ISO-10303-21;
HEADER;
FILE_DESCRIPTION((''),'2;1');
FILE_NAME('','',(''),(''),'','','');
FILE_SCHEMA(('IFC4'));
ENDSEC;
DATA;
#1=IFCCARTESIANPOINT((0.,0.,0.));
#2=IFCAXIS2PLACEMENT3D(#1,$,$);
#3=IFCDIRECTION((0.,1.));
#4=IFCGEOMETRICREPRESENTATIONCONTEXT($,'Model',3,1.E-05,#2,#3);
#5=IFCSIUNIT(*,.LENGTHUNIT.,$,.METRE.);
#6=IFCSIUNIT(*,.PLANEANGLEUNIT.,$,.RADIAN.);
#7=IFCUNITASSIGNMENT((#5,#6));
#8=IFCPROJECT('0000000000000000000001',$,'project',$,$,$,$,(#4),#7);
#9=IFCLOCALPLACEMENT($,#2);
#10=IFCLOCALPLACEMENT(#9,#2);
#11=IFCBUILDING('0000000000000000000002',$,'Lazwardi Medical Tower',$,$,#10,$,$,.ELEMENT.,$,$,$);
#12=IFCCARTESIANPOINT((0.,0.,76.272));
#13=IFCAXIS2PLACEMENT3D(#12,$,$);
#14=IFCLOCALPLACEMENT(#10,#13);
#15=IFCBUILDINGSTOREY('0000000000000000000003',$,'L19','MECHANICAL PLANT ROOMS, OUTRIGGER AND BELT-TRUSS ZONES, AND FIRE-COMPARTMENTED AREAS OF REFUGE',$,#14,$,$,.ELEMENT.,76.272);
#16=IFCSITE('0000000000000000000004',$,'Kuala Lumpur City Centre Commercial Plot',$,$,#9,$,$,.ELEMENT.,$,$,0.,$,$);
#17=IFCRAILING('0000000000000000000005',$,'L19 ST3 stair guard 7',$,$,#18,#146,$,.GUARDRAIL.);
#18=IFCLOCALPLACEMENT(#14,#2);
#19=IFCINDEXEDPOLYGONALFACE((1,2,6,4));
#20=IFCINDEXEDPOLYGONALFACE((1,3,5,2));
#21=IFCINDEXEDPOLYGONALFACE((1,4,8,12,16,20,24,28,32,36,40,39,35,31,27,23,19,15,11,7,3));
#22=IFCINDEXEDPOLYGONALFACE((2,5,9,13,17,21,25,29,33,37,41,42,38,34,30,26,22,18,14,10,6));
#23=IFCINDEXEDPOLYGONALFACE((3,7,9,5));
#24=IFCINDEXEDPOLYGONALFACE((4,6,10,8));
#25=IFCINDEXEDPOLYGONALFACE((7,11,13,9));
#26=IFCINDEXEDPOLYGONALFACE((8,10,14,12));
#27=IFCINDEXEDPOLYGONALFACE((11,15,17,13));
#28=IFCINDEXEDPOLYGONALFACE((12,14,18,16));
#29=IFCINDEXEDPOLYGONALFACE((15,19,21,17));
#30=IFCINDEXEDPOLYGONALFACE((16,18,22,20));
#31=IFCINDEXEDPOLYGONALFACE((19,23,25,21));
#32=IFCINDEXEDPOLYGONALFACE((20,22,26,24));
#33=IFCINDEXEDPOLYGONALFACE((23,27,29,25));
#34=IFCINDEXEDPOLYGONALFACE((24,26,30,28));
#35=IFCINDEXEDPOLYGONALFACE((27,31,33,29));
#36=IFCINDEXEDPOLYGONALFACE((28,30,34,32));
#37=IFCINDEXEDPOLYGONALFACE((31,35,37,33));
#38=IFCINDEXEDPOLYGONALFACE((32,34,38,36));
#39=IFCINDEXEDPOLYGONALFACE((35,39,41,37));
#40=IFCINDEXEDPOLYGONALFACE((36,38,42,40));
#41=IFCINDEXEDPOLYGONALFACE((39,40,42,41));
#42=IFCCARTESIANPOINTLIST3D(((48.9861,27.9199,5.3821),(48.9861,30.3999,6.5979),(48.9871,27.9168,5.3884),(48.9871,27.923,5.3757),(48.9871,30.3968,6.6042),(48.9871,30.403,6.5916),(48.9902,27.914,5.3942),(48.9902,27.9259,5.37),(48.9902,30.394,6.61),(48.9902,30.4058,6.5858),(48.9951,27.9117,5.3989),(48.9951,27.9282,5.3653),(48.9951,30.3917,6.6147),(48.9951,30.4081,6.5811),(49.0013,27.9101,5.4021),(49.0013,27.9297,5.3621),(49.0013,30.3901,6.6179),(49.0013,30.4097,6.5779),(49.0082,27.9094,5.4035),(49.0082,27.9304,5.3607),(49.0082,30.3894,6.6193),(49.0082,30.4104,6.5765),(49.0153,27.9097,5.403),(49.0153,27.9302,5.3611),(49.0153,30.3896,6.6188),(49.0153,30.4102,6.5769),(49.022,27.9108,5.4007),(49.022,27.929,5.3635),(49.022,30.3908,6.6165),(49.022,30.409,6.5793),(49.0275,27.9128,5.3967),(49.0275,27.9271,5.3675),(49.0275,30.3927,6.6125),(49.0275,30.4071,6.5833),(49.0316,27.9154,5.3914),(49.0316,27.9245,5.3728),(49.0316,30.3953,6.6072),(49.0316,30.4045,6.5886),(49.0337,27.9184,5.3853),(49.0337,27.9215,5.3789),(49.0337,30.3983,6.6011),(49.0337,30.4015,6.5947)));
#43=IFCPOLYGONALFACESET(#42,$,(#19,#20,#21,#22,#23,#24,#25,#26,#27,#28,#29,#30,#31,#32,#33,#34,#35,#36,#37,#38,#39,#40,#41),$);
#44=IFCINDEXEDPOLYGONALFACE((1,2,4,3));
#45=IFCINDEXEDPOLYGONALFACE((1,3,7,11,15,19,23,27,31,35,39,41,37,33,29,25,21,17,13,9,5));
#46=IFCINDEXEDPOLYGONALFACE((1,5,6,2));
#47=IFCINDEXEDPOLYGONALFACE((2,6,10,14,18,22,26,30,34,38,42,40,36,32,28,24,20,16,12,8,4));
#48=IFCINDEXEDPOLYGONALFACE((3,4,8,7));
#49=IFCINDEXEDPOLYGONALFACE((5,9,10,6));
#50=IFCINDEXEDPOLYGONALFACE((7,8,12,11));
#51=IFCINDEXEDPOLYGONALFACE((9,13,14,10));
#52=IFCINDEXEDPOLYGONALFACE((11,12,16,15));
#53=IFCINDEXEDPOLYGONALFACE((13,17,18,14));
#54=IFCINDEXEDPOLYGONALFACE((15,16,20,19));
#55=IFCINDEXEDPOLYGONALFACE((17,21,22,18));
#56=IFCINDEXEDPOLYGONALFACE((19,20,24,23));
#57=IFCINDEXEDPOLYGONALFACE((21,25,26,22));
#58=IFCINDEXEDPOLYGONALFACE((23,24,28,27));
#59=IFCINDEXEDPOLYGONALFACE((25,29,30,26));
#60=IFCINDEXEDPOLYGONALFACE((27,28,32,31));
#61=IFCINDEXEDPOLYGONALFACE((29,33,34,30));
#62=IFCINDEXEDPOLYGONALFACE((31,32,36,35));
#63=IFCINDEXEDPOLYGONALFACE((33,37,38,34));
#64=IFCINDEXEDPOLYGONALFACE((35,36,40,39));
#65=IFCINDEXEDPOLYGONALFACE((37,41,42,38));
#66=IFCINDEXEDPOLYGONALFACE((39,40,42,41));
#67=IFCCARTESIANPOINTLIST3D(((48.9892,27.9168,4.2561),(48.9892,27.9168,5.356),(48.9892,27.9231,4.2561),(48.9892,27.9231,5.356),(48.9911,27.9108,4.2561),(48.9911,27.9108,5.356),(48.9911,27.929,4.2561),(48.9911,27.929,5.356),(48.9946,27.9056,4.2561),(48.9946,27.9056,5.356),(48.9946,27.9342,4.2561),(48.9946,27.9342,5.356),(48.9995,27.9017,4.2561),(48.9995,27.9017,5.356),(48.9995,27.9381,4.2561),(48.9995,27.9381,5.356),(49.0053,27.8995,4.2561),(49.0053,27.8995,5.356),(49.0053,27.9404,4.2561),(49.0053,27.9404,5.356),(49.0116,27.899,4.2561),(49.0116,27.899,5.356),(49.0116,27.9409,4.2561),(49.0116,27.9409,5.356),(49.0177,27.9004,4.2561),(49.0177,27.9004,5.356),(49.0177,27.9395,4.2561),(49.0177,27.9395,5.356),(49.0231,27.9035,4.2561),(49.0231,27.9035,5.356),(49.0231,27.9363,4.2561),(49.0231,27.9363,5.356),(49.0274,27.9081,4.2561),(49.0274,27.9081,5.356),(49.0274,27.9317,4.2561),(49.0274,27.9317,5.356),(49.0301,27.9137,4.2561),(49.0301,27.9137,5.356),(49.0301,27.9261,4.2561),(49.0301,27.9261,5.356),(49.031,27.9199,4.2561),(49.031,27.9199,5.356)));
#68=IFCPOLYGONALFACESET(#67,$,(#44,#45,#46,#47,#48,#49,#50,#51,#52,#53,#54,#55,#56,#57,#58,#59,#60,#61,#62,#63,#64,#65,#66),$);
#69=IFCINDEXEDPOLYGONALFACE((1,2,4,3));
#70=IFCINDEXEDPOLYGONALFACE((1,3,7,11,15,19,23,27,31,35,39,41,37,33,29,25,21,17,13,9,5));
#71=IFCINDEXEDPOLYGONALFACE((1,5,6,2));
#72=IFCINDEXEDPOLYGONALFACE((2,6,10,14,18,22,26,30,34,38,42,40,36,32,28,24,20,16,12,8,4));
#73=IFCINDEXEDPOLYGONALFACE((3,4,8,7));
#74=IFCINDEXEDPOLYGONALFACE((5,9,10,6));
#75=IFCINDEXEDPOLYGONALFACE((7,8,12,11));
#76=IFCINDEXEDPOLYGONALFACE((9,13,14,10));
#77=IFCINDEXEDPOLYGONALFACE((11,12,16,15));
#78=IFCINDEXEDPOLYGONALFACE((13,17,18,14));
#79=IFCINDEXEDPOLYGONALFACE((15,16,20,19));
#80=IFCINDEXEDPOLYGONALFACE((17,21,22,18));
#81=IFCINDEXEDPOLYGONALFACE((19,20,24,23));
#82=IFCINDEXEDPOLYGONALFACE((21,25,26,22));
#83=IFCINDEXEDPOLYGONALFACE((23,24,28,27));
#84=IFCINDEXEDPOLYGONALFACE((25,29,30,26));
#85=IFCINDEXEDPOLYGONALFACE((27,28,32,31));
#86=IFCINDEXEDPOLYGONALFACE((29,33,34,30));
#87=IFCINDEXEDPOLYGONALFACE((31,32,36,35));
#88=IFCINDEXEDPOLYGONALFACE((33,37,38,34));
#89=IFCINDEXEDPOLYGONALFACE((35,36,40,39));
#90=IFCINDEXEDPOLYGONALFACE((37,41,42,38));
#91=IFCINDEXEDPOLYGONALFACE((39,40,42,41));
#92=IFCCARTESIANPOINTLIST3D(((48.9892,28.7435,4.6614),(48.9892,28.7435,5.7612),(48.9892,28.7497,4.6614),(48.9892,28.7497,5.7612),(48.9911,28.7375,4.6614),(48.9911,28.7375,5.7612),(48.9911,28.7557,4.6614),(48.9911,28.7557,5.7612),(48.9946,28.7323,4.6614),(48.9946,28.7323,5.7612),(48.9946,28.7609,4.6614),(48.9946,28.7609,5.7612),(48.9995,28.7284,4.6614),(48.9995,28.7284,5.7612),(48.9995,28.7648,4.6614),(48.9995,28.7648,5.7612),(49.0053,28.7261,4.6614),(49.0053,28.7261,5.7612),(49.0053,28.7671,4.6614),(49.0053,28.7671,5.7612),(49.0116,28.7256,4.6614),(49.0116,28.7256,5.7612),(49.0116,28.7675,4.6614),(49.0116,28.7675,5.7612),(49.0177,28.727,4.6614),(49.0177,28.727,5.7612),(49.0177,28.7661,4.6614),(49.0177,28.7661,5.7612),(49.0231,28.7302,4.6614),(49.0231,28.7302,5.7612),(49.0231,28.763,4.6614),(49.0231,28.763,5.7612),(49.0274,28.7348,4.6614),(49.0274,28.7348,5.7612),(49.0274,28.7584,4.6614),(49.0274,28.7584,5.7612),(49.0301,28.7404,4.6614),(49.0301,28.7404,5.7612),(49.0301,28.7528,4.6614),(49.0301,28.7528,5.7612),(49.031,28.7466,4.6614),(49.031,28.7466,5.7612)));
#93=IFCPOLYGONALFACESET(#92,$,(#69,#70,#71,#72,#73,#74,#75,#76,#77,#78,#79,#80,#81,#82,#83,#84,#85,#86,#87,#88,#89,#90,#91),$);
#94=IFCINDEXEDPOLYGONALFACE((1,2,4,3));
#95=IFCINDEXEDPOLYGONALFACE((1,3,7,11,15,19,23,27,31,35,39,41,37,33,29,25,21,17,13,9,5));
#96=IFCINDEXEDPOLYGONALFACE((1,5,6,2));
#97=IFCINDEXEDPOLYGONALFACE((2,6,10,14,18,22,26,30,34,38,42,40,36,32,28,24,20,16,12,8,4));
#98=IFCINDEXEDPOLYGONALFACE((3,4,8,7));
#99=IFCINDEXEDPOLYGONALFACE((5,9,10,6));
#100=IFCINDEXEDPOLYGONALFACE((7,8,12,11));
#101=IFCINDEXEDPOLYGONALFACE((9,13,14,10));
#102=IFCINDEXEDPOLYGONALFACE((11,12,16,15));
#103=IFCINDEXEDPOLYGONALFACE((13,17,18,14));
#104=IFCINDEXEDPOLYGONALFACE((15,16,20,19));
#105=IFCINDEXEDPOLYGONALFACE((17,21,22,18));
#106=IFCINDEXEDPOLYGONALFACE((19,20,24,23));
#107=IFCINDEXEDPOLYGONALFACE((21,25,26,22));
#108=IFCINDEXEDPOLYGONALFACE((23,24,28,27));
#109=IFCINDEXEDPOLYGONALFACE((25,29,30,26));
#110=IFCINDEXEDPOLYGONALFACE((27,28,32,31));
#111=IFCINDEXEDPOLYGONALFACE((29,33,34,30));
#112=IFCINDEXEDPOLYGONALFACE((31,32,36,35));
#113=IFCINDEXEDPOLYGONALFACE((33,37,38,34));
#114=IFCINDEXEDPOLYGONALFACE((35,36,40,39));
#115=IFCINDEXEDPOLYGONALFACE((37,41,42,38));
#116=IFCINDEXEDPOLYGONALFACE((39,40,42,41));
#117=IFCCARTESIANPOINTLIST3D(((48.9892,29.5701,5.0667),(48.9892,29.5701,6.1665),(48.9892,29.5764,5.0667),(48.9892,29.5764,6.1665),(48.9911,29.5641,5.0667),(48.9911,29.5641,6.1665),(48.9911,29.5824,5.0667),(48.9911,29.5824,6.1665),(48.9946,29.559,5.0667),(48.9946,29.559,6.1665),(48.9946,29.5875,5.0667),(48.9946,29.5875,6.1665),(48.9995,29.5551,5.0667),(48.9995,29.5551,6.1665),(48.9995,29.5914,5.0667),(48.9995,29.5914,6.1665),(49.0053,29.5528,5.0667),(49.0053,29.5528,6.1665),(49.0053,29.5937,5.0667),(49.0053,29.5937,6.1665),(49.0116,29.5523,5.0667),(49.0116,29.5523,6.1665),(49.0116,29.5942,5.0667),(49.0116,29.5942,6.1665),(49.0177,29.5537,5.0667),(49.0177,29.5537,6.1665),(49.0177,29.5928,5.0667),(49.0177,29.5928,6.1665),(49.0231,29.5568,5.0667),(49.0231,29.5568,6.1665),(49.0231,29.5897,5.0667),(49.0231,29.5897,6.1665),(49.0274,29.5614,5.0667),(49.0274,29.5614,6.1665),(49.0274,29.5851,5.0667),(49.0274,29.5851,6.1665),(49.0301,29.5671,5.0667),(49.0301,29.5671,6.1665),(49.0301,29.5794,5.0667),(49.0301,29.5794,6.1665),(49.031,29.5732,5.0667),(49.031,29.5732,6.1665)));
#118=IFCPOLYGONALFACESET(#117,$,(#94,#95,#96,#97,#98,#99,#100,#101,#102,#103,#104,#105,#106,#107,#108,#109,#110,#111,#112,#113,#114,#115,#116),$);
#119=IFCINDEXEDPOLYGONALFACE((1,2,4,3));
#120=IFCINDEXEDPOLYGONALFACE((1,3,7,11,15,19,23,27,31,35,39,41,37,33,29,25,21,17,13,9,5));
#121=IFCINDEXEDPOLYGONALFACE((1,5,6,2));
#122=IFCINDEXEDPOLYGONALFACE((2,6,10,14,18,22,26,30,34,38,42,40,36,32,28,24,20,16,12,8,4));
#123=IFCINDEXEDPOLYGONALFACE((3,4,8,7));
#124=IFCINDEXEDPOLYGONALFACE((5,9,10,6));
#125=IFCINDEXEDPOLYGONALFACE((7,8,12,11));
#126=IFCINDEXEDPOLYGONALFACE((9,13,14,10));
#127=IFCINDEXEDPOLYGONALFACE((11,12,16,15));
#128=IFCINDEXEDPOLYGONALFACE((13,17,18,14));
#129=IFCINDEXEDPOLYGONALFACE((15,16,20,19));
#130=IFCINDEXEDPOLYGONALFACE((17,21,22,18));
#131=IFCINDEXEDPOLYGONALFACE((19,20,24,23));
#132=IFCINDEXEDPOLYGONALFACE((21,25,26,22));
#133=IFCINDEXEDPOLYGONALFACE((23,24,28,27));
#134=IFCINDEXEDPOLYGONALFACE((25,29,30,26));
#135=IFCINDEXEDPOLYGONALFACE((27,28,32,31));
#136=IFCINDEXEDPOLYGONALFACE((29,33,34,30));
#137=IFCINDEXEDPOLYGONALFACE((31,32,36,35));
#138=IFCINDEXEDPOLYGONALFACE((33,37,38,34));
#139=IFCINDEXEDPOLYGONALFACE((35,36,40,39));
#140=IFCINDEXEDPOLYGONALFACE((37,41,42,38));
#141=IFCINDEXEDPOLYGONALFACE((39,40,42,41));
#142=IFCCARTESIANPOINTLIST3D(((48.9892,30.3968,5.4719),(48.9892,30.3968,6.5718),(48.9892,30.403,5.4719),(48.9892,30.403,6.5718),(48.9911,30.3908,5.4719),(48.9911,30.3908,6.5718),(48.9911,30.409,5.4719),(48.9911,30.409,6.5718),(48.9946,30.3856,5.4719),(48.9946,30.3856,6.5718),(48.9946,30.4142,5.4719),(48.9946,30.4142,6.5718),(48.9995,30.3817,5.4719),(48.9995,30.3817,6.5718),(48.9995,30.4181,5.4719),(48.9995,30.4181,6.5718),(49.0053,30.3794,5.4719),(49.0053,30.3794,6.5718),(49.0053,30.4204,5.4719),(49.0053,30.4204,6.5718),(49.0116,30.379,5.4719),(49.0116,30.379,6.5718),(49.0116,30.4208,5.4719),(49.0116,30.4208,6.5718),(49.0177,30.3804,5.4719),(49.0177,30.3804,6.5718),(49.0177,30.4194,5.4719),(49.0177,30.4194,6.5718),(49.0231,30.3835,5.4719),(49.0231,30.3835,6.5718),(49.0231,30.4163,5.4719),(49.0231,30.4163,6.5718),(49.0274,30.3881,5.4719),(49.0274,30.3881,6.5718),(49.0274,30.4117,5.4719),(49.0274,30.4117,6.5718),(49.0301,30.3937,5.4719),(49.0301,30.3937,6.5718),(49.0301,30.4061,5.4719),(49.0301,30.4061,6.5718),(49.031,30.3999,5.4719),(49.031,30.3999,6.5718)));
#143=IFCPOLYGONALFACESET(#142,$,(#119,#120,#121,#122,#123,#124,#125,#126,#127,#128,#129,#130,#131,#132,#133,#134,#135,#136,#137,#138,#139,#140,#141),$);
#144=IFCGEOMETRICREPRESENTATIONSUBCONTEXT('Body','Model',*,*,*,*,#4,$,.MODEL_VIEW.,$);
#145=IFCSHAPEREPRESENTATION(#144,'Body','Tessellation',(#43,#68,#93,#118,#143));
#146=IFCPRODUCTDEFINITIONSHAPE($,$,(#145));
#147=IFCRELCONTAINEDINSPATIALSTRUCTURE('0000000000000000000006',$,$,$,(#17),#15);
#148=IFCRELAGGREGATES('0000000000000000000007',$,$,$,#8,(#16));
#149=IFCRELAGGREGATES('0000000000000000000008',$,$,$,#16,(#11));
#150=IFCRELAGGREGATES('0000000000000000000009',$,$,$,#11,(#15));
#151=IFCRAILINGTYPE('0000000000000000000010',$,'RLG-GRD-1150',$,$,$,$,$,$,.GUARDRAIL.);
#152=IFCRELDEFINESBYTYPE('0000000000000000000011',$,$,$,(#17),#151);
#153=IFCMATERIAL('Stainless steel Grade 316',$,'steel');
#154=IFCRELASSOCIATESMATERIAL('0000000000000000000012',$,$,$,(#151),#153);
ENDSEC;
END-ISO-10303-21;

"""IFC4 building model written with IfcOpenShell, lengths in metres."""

from ifc_helpers import new_model, si_unit, direction, frame, origin, origin_2d, place, context, subcontext, project, spatial, circle, extrude, material, type_object, element, save


model = new_model("IFC4")

# Units and contexts
model_context = context("Model", 3, precision=1e-05, world=origin(), true_north=direction((0.0, 1.0)))
body_context = subcontext(model_context, "Body", "Model", "MODEL_VIEW")
ifc_project = project(units=[si_unit("LENGTHUNIT", "METRE"), si_unit("PLANEANGLEUNIT", "RADIAN")], contexts=[model_context])

# Site, building, storey
site_placement = place(None, origin())
site = spatial("IfcSite", under=ifc_project, at=site_placement, Name="Kuala Lumpur City Centre Commercial Plot", CompositionType="ELEMENT", RefElevation=0.0)
building_placement = place(site_placement, origin())
building = spatial("IfcBuilding", under=site, at=building_placement, Name="Lazwardi Medical Tower", CompositionType="ELEMENT")
storey_placement = place(building_placement, frame((0.0, 0.0, 76.272)))
storey = spatial("IfcBuildingStorey", under=building, at=storey_placement, Name="L19", Description="MECHANICAL PLANT ROOMS, OUTRIGGER AND BELT-TRUSS ZONES, AND FIRE-COMPARTMENTED AREAS OF REFUGE", CompositionType="ELEMENT", Elevation=76.272)

# Railing
ifc_material_1 = material(Name="Stainless steel Grade 316", Category="steel")
railing_type_1 = type_object("IfcRailingType", Name="RLG-GRD-1150", PredefinedType="GUARDRAIL", material=ifc_material_1)
railing_1_placement = place(storey_placement, frame((49.01, 27.9199, 4.2561)))
element("IfcRailing", 1, at=railing_1_placement, inside=storey, type_object=railing_type_1, Name="L19 ST3 stair guard 7", PredefinedType="GUARDRAIL", context=body_context, shape_type="SweptSolid", body=[
    extrude(circle(Radius=0.0239, at=origin_2d()), frame((0.0, 0.0, 1.126), z_axis=(0.0, 0.8979, 0.440199), x_axis=(-1.0, 0.0, 0.0)), (0.0, 0.0, 1.0), 2.762),
    extrude(circle(Radius=0.021, at=origin_2d()), origin(), (0.0, 0.0, 1.0), 1.0999),
    extrude(circle(Radius=0.021, at=origin_2d()), frame((0.0, 0.8267, 0.4053)), (0.0, 0.0, 1.0), 1.0999),
    extrude(circle(Radius=0.021, at=origin_2d()), frame((0.0, 1.6533, 0.8105)), (0.0, 0.0, 1.0), 1.0999),
    extrude(circle(Radius=0.021, at=origin_2d()), frame((0.0, 2.48, 1.2158)), (0.0, 0.0, 1.0), 1.0999),
])

save(model, "model.ifc")
